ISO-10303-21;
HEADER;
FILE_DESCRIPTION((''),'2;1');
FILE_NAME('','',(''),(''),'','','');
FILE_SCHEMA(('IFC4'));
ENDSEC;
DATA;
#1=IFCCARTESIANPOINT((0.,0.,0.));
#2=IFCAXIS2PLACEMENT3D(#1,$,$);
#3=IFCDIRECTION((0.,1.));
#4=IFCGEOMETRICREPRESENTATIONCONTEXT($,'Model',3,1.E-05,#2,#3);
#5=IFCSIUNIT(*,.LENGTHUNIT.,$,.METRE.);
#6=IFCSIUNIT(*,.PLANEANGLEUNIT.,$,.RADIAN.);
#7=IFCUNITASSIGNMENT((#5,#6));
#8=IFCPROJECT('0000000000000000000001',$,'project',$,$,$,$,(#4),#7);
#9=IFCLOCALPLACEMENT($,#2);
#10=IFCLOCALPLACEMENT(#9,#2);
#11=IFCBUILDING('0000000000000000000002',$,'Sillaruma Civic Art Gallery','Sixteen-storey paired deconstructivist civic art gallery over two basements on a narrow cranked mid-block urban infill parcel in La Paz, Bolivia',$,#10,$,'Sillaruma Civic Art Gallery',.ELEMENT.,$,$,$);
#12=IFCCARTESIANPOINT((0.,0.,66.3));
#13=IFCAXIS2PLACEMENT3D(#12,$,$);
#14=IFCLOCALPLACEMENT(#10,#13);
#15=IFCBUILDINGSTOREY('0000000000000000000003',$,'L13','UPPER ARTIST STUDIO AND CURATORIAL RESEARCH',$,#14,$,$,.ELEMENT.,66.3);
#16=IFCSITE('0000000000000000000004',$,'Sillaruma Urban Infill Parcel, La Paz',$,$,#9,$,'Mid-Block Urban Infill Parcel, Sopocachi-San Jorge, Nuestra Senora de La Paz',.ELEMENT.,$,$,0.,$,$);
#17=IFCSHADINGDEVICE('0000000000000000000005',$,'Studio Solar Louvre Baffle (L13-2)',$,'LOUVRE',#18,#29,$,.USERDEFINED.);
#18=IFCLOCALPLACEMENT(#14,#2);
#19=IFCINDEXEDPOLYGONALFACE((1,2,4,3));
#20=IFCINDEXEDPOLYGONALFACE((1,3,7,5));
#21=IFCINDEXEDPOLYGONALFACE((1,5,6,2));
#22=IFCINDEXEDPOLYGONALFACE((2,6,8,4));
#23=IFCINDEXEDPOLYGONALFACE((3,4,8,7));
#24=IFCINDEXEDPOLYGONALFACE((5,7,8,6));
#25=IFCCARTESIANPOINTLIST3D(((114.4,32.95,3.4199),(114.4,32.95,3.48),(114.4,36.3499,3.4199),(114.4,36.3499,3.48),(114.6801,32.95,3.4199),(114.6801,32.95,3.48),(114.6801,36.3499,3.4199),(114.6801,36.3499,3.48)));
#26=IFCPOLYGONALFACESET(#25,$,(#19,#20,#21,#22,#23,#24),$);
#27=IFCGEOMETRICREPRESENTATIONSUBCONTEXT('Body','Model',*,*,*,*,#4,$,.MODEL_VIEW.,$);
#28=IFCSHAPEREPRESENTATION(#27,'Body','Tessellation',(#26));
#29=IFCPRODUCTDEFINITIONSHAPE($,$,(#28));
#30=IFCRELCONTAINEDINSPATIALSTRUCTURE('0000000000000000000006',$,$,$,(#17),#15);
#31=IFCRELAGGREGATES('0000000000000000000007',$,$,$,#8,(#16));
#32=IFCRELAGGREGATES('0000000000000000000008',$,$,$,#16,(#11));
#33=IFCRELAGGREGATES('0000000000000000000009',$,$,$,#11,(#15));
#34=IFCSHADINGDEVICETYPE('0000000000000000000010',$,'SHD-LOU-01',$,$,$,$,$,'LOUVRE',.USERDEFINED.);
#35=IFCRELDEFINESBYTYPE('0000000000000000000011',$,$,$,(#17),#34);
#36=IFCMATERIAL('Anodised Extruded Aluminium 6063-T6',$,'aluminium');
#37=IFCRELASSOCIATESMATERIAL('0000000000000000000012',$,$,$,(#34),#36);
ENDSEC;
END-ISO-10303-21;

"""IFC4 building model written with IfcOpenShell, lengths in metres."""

from ifc_helpers import new_model, si_unit, direction, frame, origin, origin_2d, place, context, subcontext, project, spatial, rectangle, extrude, material, type_object, element, save


model = new_model("IFC4")

# Units and contexts
model_context = context("Model", 3, precision=1e-05, world=origin(), true_north=direction((0.0, 1.0)))
body_context = subcontext(model_context, "Body", "Model", "MODEL_VIEW")
ifc_project = project(units=[si_unit("LENGTHUNIT", "METRE"), si_unit("PLANEANGLEUNIT", "RADIAN")], contexts=[model_context])

# Site, building, storey
site_placement = place(None, origin())
site = spatial("IfcSite", under=ifc_project, at=site_placement, Name="Sillaruma Urban Infill Parcel, La Paz", LongName="Mid-Block Urban Infill Parcel, Sopocachi-San Jorge, Nuestra Senora de La Paz", CompositionType="ELEMENT", RefElevation=0.0)
building_placement = place(site_placement, origin())
building = spatial("IfcBuilding", under=site, at=building_placement, Name="Sillaruma Civic Art Gallery", Description="Sixteen-storey paired deconstructivist civic art gallery over two basements on a narrow cranked mid-block urban infill parcel in La Paz, Bolivia", LongName="Sillaruma Civic Art Gallery", CompositionType="ELEMENT")
storey_placement = place(building_placement, frame((0.0, 0.0, 66.3)))
storey = spatial("IfcBuildingStorey", under=building, at=storey_placement, Name="L13", Description="UPPER ARTIST STUDIO AND CURATORIAL RESEARCH", CompositionType="ELEMENT", Elevation=66.3)

# Shading device
ifc_material_1 = material(Name="Anodised Extruded Aluminium 6063-T6", Category="aluminium")
shading_device_type = type_object("IfcShadingDeviceType", Name="SHD-LOU-01", ElementType="LOUVRE", PredefinedType="USERDEFINED", material=ifc_material_1)
shading_device_placement = place(storey_placement, frame((114.54, 34.6499, 3.4199), z_axis=(0.0, 0.0, 1.0), x_axis=(0.0, 1.0, 0.0)))
element("IfcShadingDevice", 1, at=shading_device_placement, inside=storey, type_object=shading_device_type, Name="Studio Solar Louvre Baffle (L13-2)", ObjectType="LOUVRE", PredefinedType="USERDEFINED", context=body_context, shape_type="SweptSolid", body=[
    extrude(rectangle(XDim=3.3999, YDim=0.28, at=origin_2d()), origin(), (0.0, 0.0, 1.0), 0.0601),
])

save(model, "model.ifc")
